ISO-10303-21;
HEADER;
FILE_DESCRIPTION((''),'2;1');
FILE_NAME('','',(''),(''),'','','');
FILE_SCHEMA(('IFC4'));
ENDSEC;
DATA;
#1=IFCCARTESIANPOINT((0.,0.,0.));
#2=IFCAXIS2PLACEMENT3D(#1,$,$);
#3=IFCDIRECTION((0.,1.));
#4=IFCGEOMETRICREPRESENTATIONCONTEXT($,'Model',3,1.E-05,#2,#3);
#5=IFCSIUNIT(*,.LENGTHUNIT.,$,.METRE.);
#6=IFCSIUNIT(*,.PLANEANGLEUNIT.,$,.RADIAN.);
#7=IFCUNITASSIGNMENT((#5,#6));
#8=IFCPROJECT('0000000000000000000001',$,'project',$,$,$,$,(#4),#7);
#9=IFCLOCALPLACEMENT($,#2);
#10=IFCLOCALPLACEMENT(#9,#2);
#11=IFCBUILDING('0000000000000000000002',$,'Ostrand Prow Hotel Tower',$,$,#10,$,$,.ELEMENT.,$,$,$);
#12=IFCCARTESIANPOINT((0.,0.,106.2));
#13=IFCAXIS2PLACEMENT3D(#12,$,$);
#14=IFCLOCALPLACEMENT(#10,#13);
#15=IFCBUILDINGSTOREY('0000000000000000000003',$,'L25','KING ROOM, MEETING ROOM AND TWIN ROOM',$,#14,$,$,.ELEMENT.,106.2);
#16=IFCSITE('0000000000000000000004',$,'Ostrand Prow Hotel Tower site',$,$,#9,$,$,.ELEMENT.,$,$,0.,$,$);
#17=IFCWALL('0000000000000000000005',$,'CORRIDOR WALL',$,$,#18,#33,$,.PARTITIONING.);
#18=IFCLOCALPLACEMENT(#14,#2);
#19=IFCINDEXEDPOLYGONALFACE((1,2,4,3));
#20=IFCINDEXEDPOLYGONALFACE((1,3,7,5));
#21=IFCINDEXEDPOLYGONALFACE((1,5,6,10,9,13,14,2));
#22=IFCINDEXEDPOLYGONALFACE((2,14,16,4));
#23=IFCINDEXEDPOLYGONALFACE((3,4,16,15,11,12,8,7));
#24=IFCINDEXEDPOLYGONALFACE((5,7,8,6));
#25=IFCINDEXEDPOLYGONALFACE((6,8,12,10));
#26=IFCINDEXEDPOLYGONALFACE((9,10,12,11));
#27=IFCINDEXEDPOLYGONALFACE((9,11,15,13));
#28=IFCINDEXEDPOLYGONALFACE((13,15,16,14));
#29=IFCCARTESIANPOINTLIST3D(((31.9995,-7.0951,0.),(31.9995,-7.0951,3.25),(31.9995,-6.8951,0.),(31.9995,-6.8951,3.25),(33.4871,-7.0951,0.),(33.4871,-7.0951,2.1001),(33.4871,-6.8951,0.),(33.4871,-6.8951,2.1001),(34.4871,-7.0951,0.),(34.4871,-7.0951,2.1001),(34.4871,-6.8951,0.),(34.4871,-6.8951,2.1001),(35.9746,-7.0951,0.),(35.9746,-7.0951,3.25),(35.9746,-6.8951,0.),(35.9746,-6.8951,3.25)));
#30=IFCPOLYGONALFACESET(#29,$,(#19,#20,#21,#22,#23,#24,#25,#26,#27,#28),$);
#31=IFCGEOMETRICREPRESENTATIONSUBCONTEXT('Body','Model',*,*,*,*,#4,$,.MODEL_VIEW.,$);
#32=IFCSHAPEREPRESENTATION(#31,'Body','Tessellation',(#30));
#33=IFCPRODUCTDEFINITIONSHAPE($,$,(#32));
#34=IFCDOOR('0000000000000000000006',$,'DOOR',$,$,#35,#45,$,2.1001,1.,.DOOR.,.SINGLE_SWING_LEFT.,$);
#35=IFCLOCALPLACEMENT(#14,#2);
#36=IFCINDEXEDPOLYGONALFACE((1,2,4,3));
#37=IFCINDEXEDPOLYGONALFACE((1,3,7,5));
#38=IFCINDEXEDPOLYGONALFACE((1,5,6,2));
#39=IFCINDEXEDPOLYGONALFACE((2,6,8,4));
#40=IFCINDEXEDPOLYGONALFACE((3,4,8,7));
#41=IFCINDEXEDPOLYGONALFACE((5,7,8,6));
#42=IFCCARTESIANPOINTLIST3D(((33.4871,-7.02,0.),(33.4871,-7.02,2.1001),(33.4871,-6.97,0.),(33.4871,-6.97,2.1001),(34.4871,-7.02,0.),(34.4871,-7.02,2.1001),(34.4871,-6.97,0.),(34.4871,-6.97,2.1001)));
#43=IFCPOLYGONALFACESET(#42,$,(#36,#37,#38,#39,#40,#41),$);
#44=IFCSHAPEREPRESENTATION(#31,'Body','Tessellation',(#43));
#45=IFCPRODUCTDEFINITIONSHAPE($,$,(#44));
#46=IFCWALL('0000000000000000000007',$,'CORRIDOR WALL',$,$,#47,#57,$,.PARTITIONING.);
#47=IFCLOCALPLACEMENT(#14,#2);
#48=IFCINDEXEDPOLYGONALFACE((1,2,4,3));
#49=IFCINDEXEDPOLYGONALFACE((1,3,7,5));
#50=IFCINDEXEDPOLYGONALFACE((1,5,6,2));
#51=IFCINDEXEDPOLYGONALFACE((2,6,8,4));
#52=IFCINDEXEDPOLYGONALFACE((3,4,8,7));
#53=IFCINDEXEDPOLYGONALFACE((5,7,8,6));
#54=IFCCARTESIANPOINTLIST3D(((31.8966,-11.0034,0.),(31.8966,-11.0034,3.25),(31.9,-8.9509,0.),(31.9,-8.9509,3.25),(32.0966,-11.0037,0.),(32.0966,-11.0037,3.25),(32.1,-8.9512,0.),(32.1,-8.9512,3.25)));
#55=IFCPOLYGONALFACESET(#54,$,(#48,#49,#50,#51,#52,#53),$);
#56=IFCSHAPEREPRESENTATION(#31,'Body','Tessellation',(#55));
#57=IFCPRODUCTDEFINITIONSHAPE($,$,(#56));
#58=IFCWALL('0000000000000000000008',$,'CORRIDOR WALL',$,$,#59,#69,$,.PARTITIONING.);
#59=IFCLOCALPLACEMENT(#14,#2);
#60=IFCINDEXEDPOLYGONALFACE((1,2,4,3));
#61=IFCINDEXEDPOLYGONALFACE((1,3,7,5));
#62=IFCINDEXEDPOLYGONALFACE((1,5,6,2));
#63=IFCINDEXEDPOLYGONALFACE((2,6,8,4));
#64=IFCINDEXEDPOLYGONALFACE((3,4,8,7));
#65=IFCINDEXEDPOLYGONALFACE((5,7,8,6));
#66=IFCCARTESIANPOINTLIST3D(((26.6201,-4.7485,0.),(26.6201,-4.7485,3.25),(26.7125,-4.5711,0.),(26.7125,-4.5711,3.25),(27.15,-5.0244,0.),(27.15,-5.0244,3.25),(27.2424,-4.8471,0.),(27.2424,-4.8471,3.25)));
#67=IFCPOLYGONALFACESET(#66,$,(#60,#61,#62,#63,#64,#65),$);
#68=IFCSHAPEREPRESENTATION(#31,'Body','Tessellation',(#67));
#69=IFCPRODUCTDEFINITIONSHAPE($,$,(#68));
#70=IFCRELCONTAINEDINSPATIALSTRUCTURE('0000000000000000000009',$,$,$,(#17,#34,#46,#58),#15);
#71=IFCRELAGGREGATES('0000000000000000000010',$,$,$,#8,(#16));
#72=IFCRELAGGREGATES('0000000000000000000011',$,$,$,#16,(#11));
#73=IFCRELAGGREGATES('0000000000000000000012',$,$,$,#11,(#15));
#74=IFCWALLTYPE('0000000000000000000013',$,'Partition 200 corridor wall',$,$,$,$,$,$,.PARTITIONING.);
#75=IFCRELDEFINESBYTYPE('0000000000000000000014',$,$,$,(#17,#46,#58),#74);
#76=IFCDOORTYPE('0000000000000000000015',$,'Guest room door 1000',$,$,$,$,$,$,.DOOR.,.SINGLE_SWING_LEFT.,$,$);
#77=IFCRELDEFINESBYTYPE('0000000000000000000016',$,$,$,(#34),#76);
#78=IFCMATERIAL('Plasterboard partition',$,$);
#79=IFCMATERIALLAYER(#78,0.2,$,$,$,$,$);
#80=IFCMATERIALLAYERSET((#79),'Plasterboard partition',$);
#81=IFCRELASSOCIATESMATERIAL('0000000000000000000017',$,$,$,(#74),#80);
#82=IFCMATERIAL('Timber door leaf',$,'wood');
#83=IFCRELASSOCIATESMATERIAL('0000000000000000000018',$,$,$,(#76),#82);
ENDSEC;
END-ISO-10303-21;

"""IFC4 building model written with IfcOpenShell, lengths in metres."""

from ifc_helpers import new_model, si_unit, direction, frame, frame_2d, origin, place, context, subcontext, project, spatial, rectangle, extrude, material, layer, layer_set, type_object, element, fill, save


model = new_model("IFC4")

# Units and contexts
model_context = context("Model", 3, precision=1e-05, world=origin(), true_north=direction((0.0, 1.0)))
body_context = subcontext(model_context, "Body", "Model", "MODEL_VIEW")
ifc_project = project(units=[si_unit("LENGTHUNIT", "METRE"), si_unit("PLANEANGLEUNIT", "RADIAN")], contexts=[model_context])

# Site, building, storey
site_placement = place(None, origin())
site = spatial("IfcSite", under=ifc_project, at=site_placement, Name="Ostrand Prow Hotel Tower site", CompositionType="ELEMENT", RefElevation=0.0)
building_placement = place(site_placement, origin())
building = spatial("IfcBuilding", under=site, at=building_placement, Name="Ostrand Prow Hotel Tower", CompositionType="ELEMENT")
storey_placement = place(building_placement, frame((0.0, 0.0, 106.2)))
storey = spatial("IfcBuildingStorey", under=building, at=storey_placement, Name="L25", Description="KING ROOM, MEETING ROOM AND TWIN ROOM", CompositionType="ELEMENT", Elevation=106.2)

# Shared definitions
ifc_material_1 = material(Name="Plasterboard partition")
ifc_layer_1 = layer(ifc_material_1, 0.2)
ifc_layer_set_1 = layer_set([ifc_layer_1], Name="Plasterboard partition")
wall_type_1 = type_object("IfcWallType", Name="Partition 200 corridor wall", PredefinedType="PARTITIONING", material=ifc_layer_set_1)
ifc_material_2 = material(Name="Timber door leaf", Category="wood")
door_type_1 = type_object("IfcDoorType", Name="Guest room door 1000", OperationType="SINGLE_SWING_LEFT", PredefinedType="DOOR", material=ifc_material_2)

# Wall, opening, door
wall_1_placement = place(storey_placement, frame((35.9746, -6.9951, 0.0), z_axis=(0.0, 0.0, 1.0), x_axis=(-1.0, 0.0, 0.0)))
wall_1 = element("IfcWall", 1, at=wall_1_placement, inside=storey, type_object=wall_type_1, Name="CORRIDOR WALL", PredefinedType="PARTITIONING", context=body_context, shape_type="SweptSolid", body=[
    extrude(rectangle(XDim=3.9751, YDim=0.2, at=frame_2d((1.9875, 0.0))), origin(), (0.0, 0.0, 1.0), 3.25),
])
opening_1_placement = place(wall_1_placement, frame((1.4875, 0.0, 0.0)))
opening_1 = element("IfcOpeningElement", 2, at=opening_1_placement, cuts=wall_1, PredefinedType="OPENING", context=body_context, shape_type="SweptSolid", body=[
    extrude(rectangle(XDim=1.0, YDim=2.1001, at=frame_2d((0.5, 1.05))), frame((0.0, 0.1099, 0.0), z_axis=(0.0, -1.0, 0.0), x_axis=(1.0, 0.0, 0.0)), (0.0, 0.0, 1.0), 0.22),
])
door_1_placement = place(opening_1_placement, origin())
door_1 = element("IfcDoor", 3, at=door_1_placement, inside=storey, type_object=door_type_1, Name="DOOR", OperationType="SINGLE_SWING_LEFT", OverallHeight=2.1001, OverallWidth=1.0, PredefinedType="DOOR", context=body_context, shape_type="SweptSolid", body=[
    extrude(rectangle(XDim=1.0, YDim=2.1001, at=frame_2d((0.5, 1.05))), frame((0.0, 0.0249, 0.0), z_axis=(0.0, -1.0, 0.0), x_axis=(1.0, 0.0, 0.0)), (0.0, 0.0, 1.0), 0.05),
])
fill(opening_1, door_1)

# Walls
wall_2_placement = place(storey_placement, frame((32.0, -8.9509, 0.0), z_axis=(0.0, 0.0, 1.0), x_axis=(-0.001665, -0.999999, 0.0)))
element("IfcWall", 4, at=wall_2_placement, inside=storey, type_object=wall_type_1, Name="CORRIDOR WALL", PredefinedType="PARTITIONING", context=body_context, shape_type="SweptSolid", body=[
    extrude(rectangle(XDim=2.0525, YDim=0.2, at=frame_2d((1.0264, 0.0))), origin(), (0.0, 0.0, 1.0), 3.25),
])
wall_3_placement = place(storey_placement, frame((27.1963, -4.9358, 0.0), z_axis=(0.0, 0.0, 1.0), x_axis=(-0.886949, 0.461867, 0.0)))
element("IfcWall", 5, at=wall_3_placement, inside=storey, type_object=wall_type_1, Name="CORRIDOR WALL", PredefinedType="PARTITIONING", context=body_context, shape_type="SweptSolid", body=[
    extrude(rectangle(XDim=0.5974, YDim=0.2, at=frame_2d((0.2988, 0.0))), origin(), (0.0, 0.0, 1.0), 3.25),
])

save(model, "model.ifc")
